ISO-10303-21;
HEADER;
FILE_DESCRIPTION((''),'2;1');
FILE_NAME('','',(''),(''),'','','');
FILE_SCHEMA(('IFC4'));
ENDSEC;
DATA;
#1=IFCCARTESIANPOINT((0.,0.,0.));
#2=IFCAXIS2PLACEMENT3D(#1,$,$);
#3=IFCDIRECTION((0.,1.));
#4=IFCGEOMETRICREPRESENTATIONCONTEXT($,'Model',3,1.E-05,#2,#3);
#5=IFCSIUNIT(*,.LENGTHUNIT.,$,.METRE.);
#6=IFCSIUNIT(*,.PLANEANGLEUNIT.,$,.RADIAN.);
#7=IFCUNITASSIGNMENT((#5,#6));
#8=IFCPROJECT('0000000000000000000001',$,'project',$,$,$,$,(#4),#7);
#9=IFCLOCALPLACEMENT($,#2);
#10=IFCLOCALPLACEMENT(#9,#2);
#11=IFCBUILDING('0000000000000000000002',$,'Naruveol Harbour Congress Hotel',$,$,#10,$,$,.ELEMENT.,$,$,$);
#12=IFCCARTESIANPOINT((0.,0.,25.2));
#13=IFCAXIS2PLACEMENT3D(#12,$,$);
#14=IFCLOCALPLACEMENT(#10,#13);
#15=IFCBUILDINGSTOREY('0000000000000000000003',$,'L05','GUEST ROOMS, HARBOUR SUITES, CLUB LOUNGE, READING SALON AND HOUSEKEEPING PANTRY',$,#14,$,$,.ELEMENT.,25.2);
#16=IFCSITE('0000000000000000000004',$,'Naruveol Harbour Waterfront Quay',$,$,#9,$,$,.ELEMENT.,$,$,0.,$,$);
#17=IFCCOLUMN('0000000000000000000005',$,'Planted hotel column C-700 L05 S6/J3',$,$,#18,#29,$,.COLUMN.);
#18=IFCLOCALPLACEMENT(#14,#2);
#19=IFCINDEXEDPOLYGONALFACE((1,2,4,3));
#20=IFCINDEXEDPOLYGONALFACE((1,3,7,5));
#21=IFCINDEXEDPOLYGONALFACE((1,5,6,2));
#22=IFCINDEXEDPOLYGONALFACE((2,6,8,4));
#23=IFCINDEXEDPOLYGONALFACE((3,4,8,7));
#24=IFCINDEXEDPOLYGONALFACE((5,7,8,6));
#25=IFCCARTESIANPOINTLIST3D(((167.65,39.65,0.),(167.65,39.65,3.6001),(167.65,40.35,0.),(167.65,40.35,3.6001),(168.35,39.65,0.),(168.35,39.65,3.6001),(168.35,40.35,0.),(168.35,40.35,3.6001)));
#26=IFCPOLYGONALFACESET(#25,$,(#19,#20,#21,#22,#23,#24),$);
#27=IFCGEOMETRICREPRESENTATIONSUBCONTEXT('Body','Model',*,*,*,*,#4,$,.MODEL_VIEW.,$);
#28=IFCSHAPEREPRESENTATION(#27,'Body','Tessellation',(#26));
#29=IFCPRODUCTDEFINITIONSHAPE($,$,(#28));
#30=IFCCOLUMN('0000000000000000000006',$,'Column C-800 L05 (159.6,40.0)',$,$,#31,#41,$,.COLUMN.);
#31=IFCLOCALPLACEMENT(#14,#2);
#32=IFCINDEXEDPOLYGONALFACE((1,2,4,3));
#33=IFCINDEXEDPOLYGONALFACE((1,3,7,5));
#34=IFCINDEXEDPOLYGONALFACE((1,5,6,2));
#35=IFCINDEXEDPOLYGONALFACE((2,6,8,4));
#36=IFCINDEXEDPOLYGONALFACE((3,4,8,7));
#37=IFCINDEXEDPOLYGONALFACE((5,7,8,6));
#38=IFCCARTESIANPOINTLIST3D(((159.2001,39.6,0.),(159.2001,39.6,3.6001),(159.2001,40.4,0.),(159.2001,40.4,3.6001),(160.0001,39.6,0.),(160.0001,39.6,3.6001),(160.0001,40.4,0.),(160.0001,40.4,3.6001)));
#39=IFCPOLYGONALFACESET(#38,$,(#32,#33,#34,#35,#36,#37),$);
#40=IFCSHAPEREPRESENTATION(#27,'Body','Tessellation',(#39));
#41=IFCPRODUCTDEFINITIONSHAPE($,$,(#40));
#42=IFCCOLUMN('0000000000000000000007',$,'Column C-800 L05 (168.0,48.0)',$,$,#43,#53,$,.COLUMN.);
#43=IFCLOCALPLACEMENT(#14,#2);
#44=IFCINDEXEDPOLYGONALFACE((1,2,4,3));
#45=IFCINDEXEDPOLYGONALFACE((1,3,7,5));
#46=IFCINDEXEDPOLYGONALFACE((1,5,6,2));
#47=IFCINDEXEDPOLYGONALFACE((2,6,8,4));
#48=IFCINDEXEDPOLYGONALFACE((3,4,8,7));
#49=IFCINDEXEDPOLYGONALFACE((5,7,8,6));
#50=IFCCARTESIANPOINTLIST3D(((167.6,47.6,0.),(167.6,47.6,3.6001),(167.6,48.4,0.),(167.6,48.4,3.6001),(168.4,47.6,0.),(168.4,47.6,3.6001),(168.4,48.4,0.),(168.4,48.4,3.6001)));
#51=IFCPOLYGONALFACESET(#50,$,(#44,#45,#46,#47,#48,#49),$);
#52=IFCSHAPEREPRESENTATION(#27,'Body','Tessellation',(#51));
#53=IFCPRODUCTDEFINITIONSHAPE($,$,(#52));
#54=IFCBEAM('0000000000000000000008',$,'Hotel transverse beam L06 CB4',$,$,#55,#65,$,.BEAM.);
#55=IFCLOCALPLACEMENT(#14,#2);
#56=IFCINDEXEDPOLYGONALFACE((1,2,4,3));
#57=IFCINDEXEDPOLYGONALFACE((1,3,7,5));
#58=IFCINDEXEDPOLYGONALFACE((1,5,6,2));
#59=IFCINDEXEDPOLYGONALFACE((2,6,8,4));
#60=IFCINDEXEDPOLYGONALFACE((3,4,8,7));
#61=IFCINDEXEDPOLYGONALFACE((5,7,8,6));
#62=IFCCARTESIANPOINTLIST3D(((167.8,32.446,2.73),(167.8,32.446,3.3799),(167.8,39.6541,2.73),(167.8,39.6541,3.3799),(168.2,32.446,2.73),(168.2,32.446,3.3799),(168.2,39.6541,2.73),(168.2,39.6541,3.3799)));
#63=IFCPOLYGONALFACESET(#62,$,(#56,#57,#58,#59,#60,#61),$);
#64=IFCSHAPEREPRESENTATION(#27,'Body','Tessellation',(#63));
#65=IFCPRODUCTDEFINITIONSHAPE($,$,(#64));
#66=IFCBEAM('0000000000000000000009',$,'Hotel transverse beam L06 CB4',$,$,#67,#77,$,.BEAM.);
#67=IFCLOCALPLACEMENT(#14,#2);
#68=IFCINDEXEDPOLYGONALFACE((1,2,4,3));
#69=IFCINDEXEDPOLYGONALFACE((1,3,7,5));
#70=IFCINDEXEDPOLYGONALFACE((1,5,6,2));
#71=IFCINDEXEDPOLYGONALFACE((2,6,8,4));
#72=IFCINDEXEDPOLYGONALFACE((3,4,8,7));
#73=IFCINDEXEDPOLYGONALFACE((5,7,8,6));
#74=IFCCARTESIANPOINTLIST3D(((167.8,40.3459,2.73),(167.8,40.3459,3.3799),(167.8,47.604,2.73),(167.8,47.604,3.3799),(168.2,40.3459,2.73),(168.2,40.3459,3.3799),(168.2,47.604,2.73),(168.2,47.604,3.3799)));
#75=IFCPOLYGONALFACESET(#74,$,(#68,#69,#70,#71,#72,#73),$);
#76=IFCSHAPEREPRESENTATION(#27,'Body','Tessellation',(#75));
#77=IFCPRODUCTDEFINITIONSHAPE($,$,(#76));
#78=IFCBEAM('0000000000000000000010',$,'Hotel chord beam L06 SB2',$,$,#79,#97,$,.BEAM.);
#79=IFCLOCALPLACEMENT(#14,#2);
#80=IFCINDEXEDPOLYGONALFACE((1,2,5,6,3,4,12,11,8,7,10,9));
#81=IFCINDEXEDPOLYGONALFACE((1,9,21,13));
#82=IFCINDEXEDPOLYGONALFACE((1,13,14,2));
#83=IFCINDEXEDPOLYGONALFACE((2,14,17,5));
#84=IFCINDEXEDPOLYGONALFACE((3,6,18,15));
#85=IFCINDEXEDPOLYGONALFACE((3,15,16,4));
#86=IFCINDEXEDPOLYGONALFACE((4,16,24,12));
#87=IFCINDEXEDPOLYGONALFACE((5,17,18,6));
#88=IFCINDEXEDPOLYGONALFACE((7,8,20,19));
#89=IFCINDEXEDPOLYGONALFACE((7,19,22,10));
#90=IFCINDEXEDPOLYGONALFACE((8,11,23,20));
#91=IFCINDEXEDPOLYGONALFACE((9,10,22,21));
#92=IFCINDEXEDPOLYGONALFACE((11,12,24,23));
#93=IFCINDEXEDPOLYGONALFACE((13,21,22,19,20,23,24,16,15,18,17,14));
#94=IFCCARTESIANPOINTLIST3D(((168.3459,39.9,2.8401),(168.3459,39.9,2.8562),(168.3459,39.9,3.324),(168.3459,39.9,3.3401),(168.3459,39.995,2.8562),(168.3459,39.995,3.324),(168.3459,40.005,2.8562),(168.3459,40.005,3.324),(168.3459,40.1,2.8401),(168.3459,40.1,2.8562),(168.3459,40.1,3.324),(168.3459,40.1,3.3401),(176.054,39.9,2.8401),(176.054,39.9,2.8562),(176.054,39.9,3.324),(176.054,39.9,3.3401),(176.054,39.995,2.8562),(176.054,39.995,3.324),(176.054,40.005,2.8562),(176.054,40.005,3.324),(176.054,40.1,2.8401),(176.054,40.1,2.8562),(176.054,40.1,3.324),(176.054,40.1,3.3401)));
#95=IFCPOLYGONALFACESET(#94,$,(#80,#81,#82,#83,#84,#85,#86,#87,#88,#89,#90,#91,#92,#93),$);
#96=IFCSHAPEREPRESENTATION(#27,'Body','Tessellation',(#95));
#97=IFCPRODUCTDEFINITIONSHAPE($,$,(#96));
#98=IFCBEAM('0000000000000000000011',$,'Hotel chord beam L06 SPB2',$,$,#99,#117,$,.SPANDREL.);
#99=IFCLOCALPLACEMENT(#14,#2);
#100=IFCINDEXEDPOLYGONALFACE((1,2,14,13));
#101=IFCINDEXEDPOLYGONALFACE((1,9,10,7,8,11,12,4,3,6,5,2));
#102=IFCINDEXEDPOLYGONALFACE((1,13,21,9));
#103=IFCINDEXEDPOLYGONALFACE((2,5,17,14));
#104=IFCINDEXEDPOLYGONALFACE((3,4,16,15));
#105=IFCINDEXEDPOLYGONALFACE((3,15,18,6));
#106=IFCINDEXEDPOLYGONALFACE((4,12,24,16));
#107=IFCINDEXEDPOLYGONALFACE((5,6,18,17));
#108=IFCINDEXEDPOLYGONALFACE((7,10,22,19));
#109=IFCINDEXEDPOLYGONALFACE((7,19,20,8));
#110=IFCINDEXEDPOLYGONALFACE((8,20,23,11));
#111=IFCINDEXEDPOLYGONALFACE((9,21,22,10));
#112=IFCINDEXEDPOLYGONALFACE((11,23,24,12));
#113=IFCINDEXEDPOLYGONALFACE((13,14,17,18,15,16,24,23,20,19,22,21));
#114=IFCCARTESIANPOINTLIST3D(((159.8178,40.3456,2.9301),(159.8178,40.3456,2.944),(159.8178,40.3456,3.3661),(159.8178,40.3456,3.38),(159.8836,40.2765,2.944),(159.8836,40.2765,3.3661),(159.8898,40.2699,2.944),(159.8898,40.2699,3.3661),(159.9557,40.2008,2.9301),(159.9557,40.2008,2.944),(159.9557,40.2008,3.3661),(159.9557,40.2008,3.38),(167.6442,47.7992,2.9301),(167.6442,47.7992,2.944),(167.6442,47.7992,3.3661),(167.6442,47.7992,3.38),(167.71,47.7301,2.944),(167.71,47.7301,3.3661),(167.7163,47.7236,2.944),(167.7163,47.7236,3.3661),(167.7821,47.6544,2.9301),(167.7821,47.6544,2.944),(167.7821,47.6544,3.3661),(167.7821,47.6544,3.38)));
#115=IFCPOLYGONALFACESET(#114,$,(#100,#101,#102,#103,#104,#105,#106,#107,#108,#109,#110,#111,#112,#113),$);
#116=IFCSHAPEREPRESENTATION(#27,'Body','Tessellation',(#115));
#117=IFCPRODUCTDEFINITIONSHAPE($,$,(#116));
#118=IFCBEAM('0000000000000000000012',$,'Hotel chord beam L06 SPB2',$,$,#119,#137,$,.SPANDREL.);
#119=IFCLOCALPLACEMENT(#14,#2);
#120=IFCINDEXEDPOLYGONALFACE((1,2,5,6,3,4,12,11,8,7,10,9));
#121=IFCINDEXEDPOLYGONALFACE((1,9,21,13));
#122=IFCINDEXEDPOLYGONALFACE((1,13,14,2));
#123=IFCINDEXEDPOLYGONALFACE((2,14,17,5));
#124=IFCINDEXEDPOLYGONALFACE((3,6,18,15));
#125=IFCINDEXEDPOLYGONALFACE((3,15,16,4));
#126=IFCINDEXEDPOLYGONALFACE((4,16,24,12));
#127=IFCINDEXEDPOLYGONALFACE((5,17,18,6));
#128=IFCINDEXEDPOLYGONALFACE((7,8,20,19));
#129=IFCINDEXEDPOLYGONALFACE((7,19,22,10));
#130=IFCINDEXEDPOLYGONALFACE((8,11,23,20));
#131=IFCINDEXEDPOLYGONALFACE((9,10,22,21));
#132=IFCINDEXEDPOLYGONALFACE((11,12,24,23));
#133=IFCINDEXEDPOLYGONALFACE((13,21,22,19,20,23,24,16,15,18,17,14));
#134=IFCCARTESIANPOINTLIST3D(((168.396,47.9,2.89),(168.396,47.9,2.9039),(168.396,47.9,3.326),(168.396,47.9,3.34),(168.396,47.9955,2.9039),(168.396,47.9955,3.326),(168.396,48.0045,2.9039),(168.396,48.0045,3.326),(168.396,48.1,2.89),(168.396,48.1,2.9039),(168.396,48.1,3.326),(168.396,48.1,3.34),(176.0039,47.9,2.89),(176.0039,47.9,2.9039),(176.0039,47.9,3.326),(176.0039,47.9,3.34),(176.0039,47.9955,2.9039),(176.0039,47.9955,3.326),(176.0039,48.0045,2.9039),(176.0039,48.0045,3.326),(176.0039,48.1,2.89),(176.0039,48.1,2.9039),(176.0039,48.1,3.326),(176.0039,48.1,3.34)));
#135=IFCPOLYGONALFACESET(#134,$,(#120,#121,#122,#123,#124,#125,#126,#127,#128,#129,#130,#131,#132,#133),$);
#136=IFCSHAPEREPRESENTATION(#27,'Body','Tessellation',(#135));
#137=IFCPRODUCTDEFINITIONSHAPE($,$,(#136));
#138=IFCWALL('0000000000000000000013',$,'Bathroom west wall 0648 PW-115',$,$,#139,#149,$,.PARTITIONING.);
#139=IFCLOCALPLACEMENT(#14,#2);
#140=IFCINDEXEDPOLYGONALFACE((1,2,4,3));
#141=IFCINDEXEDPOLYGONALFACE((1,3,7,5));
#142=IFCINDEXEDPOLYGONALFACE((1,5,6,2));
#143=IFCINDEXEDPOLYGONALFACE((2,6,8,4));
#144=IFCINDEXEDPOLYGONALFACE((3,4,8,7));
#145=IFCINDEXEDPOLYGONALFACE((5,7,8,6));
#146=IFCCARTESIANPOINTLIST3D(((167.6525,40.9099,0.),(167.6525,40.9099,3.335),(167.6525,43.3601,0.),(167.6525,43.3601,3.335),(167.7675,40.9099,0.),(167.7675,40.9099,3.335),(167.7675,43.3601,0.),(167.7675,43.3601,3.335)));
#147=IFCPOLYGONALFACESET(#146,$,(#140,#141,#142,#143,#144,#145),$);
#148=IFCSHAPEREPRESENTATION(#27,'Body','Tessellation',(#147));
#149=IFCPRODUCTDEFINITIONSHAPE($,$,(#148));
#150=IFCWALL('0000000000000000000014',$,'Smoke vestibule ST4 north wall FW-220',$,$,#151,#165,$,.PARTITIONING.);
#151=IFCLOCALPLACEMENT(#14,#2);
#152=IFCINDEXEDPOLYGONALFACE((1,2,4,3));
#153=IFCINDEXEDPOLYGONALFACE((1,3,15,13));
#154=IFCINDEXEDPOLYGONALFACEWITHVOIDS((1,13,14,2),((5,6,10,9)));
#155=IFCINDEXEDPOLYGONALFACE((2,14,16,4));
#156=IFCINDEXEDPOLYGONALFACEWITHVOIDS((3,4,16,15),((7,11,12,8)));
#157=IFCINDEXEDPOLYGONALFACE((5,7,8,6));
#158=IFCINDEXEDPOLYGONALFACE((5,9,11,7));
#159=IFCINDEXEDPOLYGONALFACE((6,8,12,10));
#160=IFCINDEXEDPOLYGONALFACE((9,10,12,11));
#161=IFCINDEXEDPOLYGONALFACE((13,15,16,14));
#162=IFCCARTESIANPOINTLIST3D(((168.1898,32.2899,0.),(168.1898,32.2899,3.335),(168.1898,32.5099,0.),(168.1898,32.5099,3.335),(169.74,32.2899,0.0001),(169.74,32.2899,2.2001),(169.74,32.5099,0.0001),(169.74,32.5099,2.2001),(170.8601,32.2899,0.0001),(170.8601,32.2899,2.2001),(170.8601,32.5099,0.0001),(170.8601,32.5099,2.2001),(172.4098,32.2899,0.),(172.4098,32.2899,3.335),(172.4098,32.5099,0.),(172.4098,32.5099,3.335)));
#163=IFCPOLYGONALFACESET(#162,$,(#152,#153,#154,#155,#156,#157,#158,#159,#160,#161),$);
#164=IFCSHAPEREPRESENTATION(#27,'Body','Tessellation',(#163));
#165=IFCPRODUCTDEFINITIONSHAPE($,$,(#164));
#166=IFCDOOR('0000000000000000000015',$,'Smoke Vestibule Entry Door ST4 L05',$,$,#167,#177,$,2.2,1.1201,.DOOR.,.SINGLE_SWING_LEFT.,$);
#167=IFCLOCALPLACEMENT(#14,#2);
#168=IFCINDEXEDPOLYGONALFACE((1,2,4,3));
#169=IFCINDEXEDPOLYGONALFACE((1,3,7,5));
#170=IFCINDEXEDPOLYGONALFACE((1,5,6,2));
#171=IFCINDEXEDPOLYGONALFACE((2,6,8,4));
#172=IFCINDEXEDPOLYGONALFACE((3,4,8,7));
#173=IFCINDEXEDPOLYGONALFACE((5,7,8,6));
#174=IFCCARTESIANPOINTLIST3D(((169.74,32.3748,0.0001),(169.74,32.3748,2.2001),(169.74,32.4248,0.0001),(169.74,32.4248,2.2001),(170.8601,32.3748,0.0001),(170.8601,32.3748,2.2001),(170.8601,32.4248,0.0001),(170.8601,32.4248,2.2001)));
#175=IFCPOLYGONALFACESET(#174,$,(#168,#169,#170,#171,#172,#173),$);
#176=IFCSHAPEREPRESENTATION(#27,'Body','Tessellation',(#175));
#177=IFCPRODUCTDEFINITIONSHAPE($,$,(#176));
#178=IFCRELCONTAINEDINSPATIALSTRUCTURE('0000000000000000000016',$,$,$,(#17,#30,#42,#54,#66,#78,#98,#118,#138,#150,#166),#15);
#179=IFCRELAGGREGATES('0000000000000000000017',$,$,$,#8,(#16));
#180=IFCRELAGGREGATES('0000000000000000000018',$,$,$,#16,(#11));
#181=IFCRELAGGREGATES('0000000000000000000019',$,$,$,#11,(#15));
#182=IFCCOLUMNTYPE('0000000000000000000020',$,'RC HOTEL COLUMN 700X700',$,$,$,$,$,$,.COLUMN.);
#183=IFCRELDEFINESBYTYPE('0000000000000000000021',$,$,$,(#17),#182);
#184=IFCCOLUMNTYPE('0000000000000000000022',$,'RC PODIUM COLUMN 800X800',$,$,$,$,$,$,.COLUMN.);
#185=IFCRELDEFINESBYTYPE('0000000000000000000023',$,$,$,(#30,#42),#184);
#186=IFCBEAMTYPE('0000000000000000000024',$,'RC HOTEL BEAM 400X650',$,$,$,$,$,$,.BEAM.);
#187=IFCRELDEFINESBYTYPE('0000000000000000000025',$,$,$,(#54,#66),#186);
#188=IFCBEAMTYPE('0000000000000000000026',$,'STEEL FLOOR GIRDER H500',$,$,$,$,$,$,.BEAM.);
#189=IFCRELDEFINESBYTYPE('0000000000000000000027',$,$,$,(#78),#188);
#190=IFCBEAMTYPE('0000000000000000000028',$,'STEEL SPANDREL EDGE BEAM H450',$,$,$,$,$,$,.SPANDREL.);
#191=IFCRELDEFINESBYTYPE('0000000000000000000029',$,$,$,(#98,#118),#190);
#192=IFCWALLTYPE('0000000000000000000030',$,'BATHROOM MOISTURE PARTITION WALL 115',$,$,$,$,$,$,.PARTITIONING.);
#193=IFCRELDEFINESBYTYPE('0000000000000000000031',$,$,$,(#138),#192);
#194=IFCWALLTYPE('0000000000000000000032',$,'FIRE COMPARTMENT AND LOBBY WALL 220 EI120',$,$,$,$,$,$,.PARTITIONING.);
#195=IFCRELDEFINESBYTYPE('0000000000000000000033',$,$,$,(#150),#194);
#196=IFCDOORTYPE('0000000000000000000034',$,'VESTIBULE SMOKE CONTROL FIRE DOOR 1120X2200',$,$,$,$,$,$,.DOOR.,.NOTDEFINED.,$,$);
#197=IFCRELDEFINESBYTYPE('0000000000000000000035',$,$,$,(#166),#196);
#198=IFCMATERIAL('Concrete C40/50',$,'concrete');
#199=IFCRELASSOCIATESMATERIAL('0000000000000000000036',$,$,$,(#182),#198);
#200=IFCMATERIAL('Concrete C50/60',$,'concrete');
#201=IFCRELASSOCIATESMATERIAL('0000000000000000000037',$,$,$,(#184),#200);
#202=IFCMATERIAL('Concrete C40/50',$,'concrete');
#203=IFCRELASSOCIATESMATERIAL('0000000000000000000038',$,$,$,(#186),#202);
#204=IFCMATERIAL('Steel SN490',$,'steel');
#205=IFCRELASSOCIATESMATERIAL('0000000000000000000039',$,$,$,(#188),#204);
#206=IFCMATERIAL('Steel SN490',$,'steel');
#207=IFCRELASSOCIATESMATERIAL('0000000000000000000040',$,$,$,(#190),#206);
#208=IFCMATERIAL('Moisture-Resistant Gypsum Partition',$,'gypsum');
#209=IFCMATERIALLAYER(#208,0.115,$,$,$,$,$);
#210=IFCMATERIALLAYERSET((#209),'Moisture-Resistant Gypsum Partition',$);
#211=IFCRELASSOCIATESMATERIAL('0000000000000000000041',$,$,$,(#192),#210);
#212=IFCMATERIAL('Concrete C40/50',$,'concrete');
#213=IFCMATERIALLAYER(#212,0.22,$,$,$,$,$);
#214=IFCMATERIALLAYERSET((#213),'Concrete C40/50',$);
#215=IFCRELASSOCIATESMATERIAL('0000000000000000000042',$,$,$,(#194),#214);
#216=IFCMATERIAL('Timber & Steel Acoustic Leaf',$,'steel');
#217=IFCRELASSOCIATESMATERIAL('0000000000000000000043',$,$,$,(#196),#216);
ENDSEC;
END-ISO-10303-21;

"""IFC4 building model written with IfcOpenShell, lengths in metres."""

from ifc_helpers import new_model, si_unit, direction, frame, frame_2d, origin, origin_2d, place, context, subcontext, project, spatial, rectangle, i_section, extrude, material, layer, layer_set, material_profile, profile_set, type_object, element, fill, save


model = new_model("IFC4")

# Units and contexts
model_context = context("Model", 3, precision=1e-05, world=origin(), true_north=direction((0.0, 1.0)))
body_context = subcontext(model_context, "Body", "Model", "MODEL_VIEW")
ifc_project = project(units=[si_unit("LENGTHUNIT", "METRE"), si_unit("PLANEANGLEUNIT", "RADIAN")], contexts=[model_context])

# Site, building, storey
site_placement = place(None, origin())
site = spatial("IfcSite", under=ifc_project, at=site_placement, Name="Naruveol Harbour Waterfront Quay", CompositionType="ELEMENT", RefElevation=0.0)
building_placement = place(site_placement, origin())
building = spatial("IfcBuilding", under=site, at=building_placement, Name="Naruveol Harbour Congress Hotel", CompositionType="ELEMENT")
storey_placement = place(building_placement, frame((0.0, 0.0, 25.2)))
storey = spatial("IfcBuildingStorey", under=building, at=storey_placement, Name="L05", Description="GUEST ROOMS, HARBOUR SUITES, CLUB LOUNGE, READING SALON AND HOUSEKEEPING PANTRY", CompositionType="ELEMENT", Elevation=25.2)

# Columns
ifc_material_1 = material(Name="Concrete C40/50", Category="concrete")
ifc_material_profile_1 = material_profile(ifc_material_1, rectangle(XDim=0.7, YDim=0.7, at=origin_2d()), Name="RC-700x700")
ifc_profile_set_1 = profile_set([ifc_material_profile_1], Name="Concrete C40/50")
column_type_1 = type_object("IfcColumnType", Name="RC HOTEL COLUMN 700X700", PredefinedType="COLUMN", material=ifc_profile_set_1)
column_placement = place(storey_placement, frame((168.0, 40.0, 0.0), z_axis=(0.0, 0.0, 1.0), x_axis=(1.0, 0.0, 0.0)))
element("IfcColumn", 1, at=column_placement, inside=storey, type_object=column_type_1, Name="Planted hotel column C-700 L05 S6/J3", PredefinedType="COLUMN", context=body_context, shape_type="SweptSolid", body=[
    extrude(rectangle(XDim=0.7, YDim=0.7, at=origin_2d()), origin(), (0.0, 0.0, 1.0), 3.6001),
])
ifc_material_2 = material(Name="Concrete C50/60", Category="concrete")
ifc_material_profile_2 = material_profile(ifc_material_2, rectangle(XDim=0.8, YDim=0.8, at=origin_2d()), Name="RC-800x800")
ifc_profile_set_2 = profile_set([ifc_material_profile_2], Name="Concrete C50/60")
column_type_2 = type_object("IfcColumnType", Name="RC PODIUM COLUMN 800X800", PredefinedType="COLUMN", material=ifc_profile_set_2)
for number, where, z_axis, x_axis, name in (
    (2, (159.6001, 40.0, 0.0), (0.0, 0.0, 1.0), (1.0, 0.0, 0.0), "Column C-800 L05 (159.6,40.0)"),
    (3, (168.0, 48.0, 0.0), (0.0, 0.0, 1.0), (1.0, 0.0, 0.0), "Column C-800 L05 (168.0,48.0)"),
):
    element("IfcColumn", number, at=place(storey_placement, frame(where, z_axis=z_axis, x_axis=x_axis)), inside=storey, type_object=column_type_2, Name=name, PredefinedType="COLUMN", context=body_context, shape_type="SweptSolid", body=[
        extrude(rectangle(XDim=0.8, YDim=0.8, at=origin_2d()), origin(), (0.0, 0.0, 1.0), 3.6001),
    ])

# Beams
ifc_material_3 = material(Name="Concrete C40/50", Category="concrete")
ifc_material_profile_3 = material_profile(ifc_material_3, rectangle(XDim=0.3999, YDim=0.6499, at=origin_2d()), Name="RCB-400x650")
ifc_profile_set_3 = profile_set([ifc_material_profile_3], Name="Concrete C40/50")
beam_type_1 = type_object("IfcBeamType", Name="RC HOTEL BEAM 400X650", PredefinedType="BEAM", material=ifc_profile_set_3)
beam_1_placement = place(storey_placement, frame((168.0, 32.446, 3.0549), z_axis=(0.0, 1.0, 0.0), x_axis=(-1.0, 0.0, 0.0)))
element("IfcBeam", 4, at=beam_1_placement, inside=storey, type_object=beam_type_1, Name="Hotel transverse beam L06 CB4", PredefinedType="BEAM", context=body_context, shape_type="SweptSolid", body=[
    extrude(rectangle(XDim=0.3999, YDim=0.6499, at=origin_2d()), origin(), (0.0, 0.0, 1.0), 7.208),
])
beam_2_placement = place(storey_placement, frame((168.0, 40.3459, 3.0549), z_axis=(0.0, 1.0, 0.0), x_axis=(-1.0, 0.0, 0.0)))
element("IfcBeam", 5, at=beam_2_placement, inside=storey, type_object=beam_type_1, Name="Hotel transverse beam L06 CB4", PredefinedType="BEAM", context=body_context, shape_type="SweptSolid", body=[
    extrude(rectangle(XDim=0.3999, YDim=0.6499, at=origin_2d()), origin(), (0.0, 0.0, 1.0), 7.2581),
])
ifc_material_4 = material(Name="Steel SN490", Category="steel")
ifc_material_profile_4 = material_profile(ifc_material_4, i_section(OverallWidth=0.2, OverallDepth=0.5, WebThickness=0.01, FlangeThickness=0.0161, at=origin_2d()), Name="H-500x200x10x16")
ifc_profile_set_4 = profile_set([ifc_material_profile_4], Name="Steel SN490")
beam_type_2 = type_object("IfcBeamType", Name="STEEL FLOOR GIRDER H500", PredefinedType="BEAM", material=ifc_profile_set_4)
beam_3_placement = place(storey_placement, frame((168.3459, 40.0, 3.0901), z_axis=(1.0, 0.0, 0.0), x_axis=(0.0, 1.0, 0.0)))
element("IfcBeam", 6, at=beam_3_placement, inside=storey, type_object=beam_type_2, Name="Hotel chord beam L06 SB2", PredefinedType="BEAM", context=body_context, shape_type="SweptSolid", body=[
    extrude(i_section(OverallWidth=0.2, OverallDepth=0.5, WebThickness=0.01, FlangeThickness=0.0161, at=origin_2d()), origin(), (0.0, 0.0, 1.0), 7.708),
])
ifc_material_5 = material(Name="Steel SN490", Category="steel")
ifc_material_profile_5 = material_profile(ifc_material_5, i_section(OverallWidth=0.2, OverallDepth=0.45, WebThickness=0.009, FlangeThickness=0.0139, at=origin_2d()), Name="H-450x200x9x14")
ifc_profile_set_5 = profile_set([ifc_material_profile_5], Name="Steel SN490")
beam_type_3 = type_object("IfcBeamType", Name="STEEL SPANDREL EDGE BEAM H450", PredefinedType="SPANDREL", material=ifc_profile_set_5)
beam_4_placement = place(storey_placement, frame((159.8867, 40.2732, 3.155), z_axis=(0.724143, 0.68965, 0.0), x_axis=(-0.68965, 0.724143, 0.0)))
element("IfcBeam", 7, at=beam_4_placement, inside=storey, type_object=beam_type_3, Name="Hotel chord beam L06 SPB2", PredefinedType="SPANDREL", context=body_context, shape_type="SweptSolid", body=[
    extrude(i_section(OverallWidth=0.2, OverallDepth=0.45, WebThickness=0.009, FlangeThickness=0.0139, at=origin_2d()), origin(), (0.0, 0.0, 1.0), 10.8079),
])
beam_5_placement = place(storey_placement, frame((168.396, 48.0, 3.115), z_axis=(1.0, 0.0, 0.0), x_axis=(0.0, 1.0, 0.0)))
element("IfcBeam", 8, at=beam_5_placement, inside=storey, type_object=beam_type_3, Name="Hotel chord beam L06 SPB2", PredefinedType="SPANDREL", context=body_context, shape_type="SweptSolid", body=[
    extrude(i_section(OverallWidth=0.2, OverallDepth=0.45, WebThickness=0.009, FlangeThickness=0.0139, at=origin_2d()), origin(), (0.0, 0.0, 1.0), 7.6079),
])

# Shared definitions
ifc_material_6 = material(Name="Moisture-Resistant Gypsum Partition", Category="gypsum")
ifc_layer_1 = layer(ifc_material_6, 0.115)
ifc_layer_set_1 = layer_set([ifc_layer_1], Name="Moisture-Resistant Gypsum Partition")
wall_type_1 = type_object("IfcWallType", Name="BATHROOM MOISTURE PARTITION WALL 115", PredefinedType="PARTITIONING", material=ifc_layer_set_1)

# Wall
wall_1_placement = place(storey_placement, frame((167.71, 40.9099, 0.0), z_axis=(0.0, 0.0, 1.0), x_axis=(0.0, 1.0, 0.0)))
element("IfcWall", 9, at=wall_1_placement, inside=storey, type_object=wall_type_1, Name="Bathroom west wall 0648 PW-115", PredefinedType="PARTITIONING", context=body_context, shape_type="SweptSolid", body=[
    extrude(rectangle(XDim=2.4502, YDim=0.115, at=frame_2d((1.2251, 0.0))), origin(), (0.0, 0.0, 1.0), 3.335),
])

# Wall, opening, door
ifc_material_7 = material(Name="Concrete C40/50", Category="concrete")
ifc_layer_2 = layer(ifc_material_7, 0.22)
ifc_layer_set_2 = layer_set([ifc_layer_2], Name="Concrete C40/50")
wall_type_2 = type_object("IfcWallType", Name="FIRE COMPARTMENT AND LOBBY WALL 220 EI120", PredefinedType="PARTITIONING", material=ifc_layer_set_2)
wall_2_placement = place(storey_placement, frame((168.1899, 32.3999, 0.0), z_axis=(0.0, 0.0, 1.0), x_axis=(1.0, 0.0, 0.0)))
wall_2 = element("IfcWall", 10, at=wall_2_placement, inside=storey, type_object=wall_type_2, Name="Smoke vestibule ST4 north wall FW-220", PredefinedType="PARTITIONING", context=body_context, shape_type="SweptSolid", body=[
    extrude(rectangle(XDim=4.22, YDim=0.22, at=frame_2d((2.1099, 0.0))), origin(), (0.0, 0.0, 1.0), 3.335),
])
opening_1_placement = place(wall_2_placement, frame((1.55, 0.0, 0.0)))
opening_1 = element("IfcOpeningElement", 11, at=opening_1_placement, cuts=wall_2, PredefinedType="OPENING", context=body_context, shape_type="SweptSolid", body=[
    extrude(rectangle(XDim=1.1201, YDim=2.2, at=frame_2d((0.5601, 1.1001))), frame((0.0, 0.1199, 0.0), z_axis=(0.0, -1.0, 0.0), x_axis=(1.0, 0.0, 0.0)), (0.0, 0.0, 1.0), 0.24),
])
ifc_material_8 = material(Name="Timber & Steel Acoustic Leaf", Category="steel")
door_type_1 = type_object("IfcDoorType", Name="VESTIBULE SMOKE CONTROL FIRE DOOR 1120X2200", OperationType="NOTDEFINED", PredefinedType="DOOR", material=ifc_material_8)
door_1_placement = place(opening_1_placement, origin())
door_1 = element("IfcDoor", 12, at=door_1_placement, inside=storey, type_object=door_type_1, Name="Smoke Vestibule Entry Door ST4 L05", OperationType="SINGLE_SWING_LEFT", OverallHeight=2.2, OverallWidth=1.1201, PredefinedType="DOOR", context=body_context, shape_type="SweptSolid", body=[
    extrude(rectangle(XDim=1.1201, YDim=2.2, at=frame_2d((0.5601, 1.1001))), frame((0.0, 0.0249, 0.0), z_axis=(0.0, -1.0, 0.0), x_axis=(1.0, 0.0, 0.0)), (0.0, 0.0, 1.0), 0.05),
])
fill(opening_1, door_1)

save(model, "model.ifc")
